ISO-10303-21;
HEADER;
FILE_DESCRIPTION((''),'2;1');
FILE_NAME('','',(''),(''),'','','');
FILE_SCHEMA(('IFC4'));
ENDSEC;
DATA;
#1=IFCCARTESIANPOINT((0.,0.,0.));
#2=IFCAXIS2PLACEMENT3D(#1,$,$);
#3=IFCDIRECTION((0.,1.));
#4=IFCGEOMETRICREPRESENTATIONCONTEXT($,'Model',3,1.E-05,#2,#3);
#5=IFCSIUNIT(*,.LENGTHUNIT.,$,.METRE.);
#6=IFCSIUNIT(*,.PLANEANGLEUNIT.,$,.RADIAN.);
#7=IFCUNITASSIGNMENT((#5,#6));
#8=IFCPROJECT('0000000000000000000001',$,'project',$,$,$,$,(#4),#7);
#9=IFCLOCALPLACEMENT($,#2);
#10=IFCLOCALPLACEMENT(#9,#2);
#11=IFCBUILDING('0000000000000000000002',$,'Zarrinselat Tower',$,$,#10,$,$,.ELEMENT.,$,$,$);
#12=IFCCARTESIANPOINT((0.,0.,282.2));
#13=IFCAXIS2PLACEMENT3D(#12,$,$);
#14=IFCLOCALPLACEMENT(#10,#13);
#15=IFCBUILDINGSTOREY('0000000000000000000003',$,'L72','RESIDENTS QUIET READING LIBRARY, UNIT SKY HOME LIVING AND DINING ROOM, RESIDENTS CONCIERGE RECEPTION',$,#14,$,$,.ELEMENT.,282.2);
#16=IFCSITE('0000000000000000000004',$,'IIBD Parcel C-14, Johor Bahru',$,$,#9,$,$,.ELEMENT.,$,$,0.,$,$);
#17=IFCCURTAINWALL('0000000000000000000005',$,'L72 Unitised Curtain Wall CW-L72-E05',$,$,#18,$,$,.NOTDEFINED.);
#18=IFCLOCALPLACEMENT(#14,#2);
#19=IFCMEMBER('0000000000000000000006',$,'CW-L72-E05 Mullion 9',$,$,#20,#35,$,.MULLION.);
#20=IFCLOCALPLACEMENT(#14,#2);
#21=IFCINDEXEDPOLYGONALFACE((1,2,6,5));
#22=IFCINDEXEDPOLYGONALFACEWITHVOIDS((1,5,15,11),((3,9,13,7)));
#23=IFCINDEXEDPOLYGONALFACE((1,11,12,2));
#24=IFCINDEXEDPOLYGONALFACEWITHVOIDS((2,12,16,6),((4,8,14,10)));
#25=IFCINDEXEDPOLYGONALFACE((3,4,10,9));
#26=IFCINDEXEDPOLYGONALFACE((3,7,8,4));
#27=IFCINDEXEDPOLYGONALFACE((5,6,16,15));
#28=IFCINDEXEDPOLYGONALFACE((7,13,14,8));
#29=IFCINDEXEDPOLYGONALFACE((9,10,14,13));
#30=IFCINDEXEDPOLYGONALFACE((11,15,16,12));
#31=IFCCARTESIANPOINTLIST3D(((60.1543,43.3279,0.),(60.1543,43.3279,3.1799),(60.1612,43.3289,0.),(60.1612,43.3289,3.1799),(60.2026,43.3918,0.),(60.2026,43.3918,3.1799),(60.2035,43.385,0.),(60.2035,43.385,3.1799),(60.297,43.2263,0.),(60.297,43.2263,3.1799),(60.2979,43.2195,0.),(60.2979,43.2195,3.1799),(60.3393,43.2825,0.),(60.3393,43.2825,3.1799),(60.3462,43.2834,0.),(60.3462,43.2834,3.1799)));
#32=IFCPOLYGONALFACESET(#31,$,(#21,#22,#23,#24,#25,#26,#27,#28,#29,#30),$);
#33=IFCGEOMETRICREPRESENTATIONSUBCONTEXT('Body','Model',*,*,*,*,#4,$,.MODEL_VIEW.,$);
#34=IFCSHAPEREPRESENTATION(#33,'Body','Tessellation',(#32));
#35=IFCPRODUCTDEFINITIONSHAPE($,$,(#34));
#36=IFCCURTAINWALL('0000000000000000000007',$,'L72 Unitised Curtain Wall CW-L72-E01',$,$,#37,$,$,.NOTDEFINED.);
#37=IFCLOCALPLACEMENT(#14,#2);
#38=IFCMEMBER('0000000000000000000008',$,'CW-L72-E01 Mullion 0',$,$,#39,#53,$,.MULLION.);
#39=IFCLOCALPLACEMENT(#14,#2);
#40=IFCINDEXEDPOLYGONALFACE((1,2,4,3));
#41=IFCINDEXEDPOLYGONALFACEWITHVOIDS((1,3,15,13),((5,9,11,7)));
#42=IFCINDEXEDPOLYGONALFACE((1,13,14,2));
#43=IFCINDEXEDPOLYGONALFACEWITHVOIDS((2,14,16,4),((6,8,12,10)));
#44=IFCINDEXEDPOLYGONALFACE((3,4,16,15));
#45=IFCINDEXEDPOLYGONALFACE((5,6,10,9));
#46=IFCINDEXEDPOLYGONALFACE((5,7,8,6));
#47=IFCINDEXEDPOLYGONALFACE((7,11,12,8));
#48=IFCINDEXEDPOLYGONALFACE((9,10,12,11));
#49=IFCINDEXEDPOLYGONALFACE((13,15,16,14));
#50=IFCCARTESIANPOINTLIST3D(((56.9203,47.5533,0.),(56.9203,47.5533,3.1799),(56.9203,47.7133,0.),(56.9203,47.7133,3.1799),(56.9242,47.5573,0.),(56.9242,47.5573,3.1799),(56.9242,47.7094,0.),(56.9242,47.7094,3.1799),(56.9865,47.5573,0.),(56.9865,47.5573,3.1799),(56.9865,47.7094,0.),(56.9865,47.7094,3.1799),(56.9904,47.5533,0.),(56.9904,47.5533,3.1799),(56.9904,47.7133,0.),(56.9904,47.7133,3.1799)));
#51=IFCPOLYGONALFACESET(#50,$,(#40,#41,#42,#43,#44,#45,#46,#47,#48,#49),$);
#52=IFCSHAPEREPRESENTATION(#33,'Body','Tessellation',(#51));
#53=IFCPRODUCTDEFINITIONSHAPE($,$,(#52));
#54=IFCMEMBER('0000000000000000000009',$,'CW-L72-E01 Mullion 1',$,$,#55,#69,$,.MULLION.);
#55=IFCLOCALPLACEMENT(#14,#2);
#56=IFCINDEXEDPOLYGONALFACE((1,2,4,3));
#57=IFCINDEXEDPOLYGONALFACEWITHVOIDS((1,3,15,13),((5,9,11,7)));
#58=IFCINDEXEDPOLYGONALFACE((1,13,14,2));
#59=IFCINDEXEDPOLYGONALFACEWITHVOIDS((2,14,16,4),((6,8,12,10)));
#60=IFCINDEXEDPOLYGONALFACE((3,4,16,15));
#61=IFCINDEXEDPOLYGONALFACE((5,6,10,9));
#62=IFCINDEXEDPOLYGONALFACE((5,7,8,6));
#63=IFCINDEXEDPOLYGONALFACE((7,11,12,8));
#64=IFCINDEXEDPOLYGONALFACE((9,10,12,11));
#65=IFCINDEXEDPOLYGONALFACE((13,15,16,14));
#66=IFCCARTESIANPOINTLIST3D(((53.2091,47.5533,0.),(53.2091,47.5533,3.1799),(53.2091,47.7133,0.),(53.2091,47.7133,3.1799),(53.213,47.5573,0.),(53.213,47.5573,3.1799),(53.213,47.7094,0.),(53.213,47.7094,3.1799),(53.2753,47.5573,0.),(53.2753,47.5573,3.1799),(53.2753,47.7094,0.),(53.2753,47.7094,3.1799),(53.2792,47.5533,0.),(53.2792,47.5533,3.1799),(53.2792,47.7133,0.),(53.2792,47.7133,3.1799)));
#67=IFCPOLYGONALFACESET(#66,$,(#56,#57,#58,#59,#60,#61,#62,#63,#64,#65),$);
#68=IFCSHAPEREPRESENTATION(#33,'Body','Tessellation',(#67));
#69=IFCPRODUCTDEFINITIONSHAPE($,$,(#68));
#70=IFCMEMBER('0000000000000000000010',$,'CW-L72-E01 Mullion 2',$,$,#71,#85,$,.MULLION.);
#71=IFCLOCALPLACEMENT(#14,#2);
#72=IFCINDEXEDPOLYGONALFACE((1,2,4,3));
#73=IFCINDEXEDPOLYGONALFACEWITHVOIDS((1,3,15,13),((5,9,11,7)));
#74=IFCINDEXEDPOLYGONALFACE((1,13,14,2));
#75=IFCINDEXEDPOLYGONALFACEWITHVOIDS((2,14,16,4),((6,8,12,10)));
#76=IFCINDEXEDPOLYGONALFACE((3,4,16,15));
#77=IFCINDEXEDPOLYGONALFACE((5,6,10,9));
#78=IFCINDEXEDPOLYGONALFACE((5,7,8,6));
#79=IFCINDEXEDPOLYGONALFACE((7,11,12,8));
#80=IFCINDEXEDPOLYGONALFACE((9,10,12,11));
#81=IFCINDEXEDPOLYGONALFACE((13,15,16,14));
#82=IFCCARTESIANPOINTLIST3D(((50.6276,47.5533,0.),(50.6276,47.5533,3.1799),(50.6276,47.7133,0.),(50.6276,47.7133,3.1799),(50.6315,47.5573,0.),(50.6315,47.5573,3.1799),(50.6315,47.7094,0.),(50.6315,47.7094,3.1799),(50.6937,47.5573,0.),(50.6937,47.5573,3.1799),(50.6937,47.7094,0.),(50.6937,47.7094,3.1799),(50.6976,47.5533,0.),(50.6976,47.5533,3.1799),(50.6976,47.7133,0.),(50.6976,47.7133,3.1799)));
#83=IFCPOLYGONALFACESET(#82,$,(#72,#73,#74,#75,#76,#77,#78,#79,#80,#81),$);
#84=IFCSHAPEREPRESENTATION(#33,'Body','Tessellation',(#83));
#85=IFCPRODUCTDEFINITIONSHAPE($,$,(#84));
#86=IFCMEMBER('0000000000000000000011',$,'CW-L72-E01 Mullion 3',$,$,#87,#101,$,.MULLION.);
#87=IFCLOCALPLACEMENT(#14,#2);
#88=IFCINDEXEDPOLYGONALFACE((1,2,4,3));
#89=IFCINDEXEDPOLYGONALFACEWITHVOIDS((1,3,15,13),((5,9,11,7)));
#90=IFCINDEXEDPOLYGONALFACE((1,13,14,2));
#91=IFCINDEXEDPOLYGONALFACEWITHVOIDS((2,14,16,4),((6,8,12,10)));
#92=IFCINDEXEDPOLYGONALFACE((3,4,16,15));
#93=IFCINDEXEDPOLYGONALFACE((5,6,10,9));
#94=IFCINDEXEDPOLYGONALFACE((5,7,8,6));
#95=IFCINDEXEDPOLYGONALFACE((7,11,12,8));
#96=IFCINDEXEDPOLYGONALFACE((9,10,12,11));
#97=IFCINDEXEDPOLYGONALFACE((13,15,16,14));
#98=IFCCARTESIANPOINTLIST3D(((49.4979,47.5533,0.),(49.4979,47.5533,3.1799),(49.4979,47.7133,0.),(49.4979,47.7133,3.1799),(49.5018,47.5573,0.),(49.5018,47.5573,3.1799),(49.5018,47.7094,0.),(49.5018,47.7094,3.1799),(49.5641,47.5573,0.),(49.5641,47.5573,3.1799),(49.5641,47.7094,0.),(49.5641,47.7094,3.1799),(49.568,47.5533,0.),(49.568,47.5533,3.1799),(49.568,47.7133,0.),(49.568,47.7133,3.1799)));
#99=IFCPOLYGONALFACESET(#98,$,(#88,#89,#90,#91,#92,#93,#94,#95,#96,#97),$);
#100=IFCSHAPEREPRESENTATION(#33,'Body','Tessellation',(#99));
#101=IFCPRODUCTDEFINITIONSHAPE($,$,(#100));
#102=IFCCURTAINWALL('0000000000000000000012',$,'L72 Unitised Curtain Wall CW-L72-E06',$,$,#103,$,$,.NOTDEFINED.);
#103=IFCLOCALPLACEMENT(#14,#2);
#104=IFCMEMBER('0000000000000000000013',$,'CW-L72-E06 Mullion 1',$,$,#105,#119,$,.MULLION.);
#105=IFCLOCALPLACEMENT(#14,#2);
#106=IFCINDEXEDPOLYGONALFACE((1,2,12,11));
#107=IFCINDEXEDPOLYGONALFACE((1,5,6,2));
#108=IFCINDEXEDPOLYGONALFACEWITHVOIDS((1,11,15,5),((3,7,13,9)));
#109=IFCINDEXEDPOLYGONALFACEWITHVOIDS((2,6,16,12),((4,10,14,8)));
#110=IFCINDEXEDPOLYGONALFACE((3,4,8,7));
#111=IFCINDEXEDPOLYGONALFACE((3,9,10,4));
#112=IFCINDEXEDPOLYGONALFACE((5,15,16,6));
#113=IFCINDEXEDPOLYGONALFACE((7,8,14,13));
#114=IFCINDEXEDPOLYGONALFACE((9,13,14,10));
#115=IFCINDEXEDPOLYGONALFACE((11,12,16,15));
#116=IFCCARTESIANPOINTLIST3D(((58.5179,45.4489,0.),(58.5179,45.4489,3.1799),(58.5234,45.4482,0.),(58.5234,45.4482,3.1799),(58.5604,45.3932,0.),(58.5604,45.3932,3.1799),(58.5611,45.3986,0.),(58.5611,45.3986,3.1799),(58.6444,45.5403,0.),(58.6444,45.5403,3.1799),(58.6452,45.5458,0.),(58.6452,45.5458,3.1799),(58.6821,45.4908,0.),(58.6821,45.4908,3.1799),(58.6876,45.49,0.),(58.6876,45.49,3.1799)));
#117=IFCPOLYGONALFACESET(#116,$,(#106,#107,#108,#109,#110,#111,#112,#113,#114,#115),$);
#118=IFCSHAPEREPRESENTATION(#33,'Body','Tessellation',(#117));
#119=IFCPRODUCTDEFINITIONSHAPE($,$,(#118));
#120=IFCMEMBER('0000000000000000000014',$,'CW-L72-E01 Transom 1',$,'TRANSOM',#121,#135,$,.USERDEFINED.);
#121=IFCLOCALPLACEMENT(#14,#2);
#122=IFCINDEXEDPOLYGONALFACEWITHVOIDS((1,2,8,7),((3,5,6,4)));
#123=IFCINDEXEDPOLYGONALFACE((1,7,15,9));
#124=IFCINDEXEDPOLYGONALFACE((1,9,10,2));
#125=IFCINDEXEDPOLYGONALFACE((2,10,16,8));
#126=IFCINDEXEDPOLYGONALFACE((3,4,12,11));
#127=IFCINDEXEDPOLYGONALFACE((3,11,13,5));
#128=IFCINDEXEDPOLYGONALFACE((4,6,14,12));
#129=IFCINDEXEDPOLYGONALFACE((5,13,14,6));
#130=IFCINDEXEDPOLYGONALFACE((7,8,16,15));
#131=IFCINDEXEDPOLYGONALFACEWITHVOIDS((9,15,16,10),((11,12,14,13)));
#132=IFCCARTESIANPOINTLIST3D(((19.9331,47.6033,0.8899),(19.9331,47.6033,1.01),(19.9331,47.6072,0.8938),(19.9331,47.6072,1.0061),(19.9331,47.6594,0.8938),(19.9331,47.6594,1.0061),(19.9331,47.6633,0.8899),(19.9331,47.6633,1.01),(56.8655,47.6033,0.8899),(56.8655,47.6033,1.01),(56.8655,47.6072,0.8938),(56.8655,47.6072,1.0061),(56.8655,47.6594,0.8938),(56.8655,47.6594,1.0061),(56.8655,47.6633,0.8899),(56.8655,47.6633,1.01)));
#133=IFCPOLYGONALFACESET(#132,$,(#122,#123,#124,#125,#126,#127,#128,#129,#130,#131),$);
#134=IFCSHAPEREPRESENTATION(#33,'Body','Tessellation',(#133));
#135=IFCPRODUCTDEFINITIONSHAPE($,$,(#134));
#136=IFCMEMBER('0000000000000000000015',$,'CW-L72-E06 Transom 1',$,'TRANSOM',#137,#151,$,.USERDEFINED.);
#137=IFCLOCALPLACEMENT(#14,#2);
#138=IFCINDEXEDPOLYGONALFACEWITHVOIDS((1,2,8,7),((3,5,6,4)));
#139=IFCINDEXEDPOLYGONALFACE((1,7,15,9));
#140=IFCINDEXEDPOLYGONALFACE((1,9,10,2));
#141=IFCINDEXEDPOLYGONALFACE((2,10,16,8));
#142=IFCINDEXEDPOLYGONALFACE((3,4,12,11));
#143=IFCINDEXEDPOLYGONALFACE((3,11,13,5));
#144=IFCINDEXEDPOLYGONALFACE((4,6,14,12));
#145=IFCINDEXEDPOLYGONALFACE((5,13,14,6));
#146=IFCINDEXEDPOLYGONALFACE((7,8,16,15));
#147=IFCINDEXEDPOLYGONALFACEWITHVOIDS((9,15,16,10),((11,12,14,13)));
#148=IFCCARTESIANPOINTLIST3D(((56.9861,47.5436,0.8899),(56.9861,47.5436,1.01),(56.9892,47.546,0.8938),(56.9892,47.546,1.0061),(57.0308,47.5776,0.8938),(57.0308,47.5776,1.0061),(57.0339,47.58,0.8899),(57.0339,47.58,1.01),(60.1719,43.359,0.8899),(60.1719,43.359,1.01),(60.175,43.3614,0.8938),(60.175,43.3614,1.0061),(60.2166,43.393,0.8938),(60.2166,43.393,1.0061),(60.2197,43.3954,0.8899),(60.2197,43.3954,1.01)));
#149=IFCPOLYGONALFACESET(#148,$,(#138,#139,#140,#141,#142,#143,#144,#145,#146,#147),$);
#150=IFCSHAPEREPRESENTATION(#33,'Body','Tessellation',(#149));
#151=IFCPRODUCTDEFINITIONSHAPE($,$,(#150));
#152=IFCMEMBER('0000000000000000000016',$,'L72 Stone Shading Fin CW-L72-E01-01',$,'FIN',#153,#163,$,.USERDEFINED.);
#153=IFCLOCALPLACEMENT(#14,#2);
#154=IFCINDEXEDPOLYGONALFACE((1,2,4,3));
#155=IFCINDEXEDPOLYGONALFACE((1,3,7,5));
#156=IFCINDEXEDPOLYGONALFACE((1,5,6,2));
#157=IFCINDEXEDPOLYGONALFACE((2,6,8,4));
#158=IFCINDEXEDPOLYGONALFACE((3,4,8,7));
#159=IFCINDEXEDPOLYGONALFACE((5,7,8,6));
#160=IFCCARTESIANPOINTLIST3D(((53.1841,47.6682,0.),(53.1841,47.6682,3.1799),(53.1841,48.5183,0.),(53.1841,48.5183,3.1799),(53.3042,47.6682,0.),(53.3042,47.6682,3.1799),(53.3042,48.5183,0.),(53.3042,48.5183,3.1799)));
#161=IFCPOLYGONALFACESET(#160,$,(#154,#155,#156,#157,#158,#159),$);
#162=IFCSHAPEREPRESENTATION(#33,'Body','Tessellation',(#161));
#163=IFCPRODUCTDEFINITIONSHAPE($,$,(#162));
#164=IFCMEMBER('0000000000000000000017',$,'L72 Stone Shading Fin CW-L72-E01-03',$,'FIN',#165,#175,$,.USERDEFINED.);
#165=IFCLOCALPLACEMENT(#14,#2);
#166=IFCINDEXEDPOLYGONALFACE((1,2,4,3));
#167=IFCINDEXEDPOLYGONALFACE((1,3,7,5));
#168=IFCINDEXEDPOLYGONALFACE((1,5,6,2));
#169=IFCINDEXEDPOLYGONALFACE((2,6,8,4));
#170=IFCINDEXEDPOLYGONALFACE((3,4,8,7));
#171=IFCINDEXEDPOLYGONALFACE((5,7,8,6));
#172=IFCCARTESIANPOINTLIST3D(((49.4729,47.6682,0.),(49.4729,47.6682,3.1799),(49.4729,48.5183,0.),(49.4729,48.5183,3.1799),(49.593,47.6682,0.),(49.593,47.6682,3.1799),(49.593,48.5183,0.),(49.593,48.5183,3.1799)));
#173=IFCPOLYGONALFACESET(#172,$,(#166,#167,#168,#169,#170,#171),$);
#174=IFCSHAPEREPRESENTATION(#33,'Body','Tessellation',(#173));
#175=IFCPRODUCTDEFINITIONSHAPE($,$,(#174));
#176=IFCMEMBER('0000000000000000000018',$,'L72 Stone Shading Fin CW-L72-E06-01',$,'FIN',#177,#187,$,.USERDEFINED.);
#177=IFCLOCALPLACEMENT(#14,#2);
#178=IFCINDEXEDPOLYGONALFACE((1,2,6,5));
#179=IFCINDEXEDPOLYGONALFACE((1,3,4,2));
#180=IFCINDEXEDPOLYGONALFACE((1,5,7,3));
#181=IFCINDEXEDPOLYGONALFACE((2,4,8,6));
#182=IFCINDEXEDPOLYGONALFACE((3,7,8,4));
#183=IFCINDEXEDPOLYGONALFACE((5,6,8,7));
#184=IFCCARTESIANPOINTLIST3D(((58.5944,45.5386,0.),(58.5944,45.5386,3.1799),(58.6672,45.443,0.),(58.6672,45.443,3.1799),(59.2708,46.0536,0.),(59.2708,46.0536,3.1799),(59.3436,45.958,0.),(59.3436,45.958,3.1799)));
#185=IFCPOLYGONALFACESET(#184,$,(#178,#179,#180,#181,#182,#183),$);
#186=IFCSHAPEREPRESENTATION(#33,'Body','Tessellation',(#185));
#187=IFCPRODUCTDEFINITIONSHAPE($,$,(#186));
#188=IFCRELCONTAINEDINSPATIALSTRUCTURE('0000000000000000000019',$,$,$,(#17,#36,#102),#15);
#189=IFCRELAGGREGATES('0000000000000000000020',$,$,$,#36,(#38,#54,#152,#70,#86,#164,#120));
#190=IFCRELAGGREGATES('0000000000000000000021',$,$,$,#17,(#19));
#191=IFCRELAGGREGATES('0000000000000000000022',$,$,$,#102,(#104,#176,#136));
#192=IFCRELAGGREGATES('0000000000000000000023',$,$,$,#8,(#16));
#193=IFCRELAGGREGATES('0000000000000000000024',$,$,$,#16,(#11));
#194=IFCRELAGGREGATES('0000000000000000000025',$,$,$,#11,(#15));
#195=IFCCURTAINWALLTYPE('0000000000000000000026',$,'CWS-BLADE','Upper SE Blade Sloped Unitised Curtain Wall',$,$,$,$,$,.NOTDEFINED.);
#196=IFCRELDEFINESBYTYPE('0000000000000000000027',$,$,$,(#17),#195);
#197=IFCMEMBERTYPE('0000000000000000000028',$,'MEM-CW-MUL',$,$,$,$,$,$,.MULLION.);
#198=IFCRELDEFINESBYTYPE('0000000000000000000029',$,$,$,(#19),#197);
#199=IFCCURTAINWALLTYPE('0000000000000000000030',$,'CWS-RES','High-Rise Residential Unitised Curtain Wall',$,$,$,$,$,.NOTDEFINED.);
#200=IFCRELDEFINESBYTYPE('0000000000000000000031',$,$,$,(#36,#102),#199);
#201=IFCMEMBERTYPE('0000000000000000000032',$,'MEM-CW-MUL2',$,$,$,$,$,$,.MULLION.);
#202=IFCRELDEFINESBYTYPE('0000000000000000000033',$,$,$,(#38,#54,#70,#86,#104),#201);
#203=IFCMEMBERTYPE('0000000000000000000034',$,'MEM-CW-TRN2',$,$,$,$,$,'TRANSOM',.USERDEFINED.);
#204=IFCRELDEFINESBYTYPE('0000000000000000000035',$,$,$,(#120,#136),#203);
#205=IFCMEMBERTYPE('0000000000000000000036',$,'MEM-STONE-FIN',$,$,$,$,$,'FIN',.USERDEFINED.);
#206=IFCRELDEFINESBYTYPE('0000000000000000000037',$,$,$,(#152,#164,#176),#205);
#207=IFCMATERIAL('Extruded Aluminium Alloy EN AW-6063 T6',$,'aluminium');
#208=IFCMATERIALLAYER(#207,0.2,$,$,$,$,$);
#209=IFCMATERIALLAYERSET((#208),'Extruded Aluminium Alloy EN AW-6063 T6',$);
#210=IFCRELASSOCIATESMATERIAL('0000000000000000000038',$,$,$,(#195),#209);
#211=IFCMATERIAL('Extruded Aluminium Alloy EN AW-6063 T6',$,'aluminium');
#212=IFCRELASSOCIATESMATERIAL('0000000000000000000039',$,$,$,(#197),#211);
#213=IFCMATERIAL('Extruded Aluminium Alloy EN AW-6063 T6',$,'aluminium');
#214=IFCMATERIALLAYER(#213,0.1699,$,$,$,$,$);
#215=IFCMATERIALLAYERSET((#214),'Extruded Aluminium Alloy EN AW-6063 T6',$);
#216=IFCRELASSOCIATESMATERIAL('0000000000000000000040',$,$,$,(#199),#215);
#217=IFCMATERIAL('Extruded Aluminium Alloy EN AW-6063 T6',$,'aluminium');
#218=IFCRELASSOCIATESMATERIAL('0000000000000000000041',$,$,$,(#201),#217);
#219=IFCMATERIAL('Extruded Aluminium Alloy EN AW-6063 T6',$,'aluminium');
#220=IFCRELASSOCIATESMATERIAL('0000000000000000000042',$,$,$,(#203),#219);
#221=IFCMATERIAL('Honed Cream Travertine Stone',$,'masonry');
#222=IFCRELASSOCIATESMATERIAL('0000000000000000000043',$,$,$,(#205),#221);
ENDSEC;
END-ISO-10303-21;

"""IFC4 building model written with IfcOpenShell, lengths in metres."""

from ifc_helpers import new_model, si_unit, direction, frame, origin, origin_2d, place, context, subcontext, project, spatial, rectangle, hollow_rectangle, extrude, material, layer, layer_set, material_profile, profile_set, type_object, element, aggregate, save


model = new_model("IFC4")

# Units and contexts
model_context = context("Model", 3, precision=1e-05, world=origin(), true_north=direction((0.0, 1.0)))
body_context = subcontext(model_context, "Body", "Model", "MODEL_VIEW")
ifc_project = project(units=[si_unit("LENGTHUNIT", "METRE"), si_unit("PLANEANGLEUNIT", "RADIAN")], contexts=[model_context])

# Site, building, storey
site_placement = place(None, origin())
site = spatial("IfcSite", under=ifc_project, at=site_placement, Name="IIBD Parcel C-14, Johor Bahru", CompositionType="ELEMENT", RefElevation=0.0)
building_placement = place(site_placement, origin())
building = spatial("IfcBuilding", under=site, at=building_placement, Name="Zarrinselat Tower", CompositionType="ELEMENT")
storey_placement = place(building_placement, frame((0.0, 0.0, 282.2)))
storey = spatial("IfcBuildingStorey", under=building, at=storey_placement, Name="L72", Description="RESIDENTS QUIET READING LIBRARY, UNIT SKY HOME LIVING AND DINING ROOM, RESIDENTS CONCIERGE RECEPTION", CompositionType="ELEMENT", Elevation=282.2)

# Curtain walls, members
ifc_material_1 = material(Name="Extruded Aluminium Alloy EN AW-6063 T6", Category="aluminium")
ifc_layer_1 = layer(ifc_material_1, 0.2)
ifc_layer_set_1 = layer_set([ifc_layer_1], Name="Extruded Aluminium Alloy EN AW-6063 T6")
curtain_wall_type_1 = type_object("IfcCurtainWallType", Name="CWS-BLADE", Description="Upper SE Blade Sloped Unitised Curtain Wall", PredefinedType="NOTDEFINED", material=ifc_layer_set_1)
curtain_wall_1_placement = place(storey_placement, origin())
curtain_wall_1 = element("IfcCurtainWall", 1, at=curtain_wall_1_placement, inside=storey, type_object=curtain_wall_type_1, Name="L72 Unitised Curtain Wall CW-L72-E05", PredefinedType="NOTDEFINED")
ifc_material_2 = material(Name="Extruded Aluminium Alloy EN AW-6063 T6", Category="aluminium")
ifc_material_profile_1 = material_profile(ifc_material_2, hollow_rectangle(XDim=0.0801, YDim=0.1799, WallThickness=0.0049, at=origin_2d()), Name="RHS 180x80x5")
ifc_profile_set_1 = profile_set([ifc_material_profile_1], Name="Extruded Aluminium Alloy EN AW-6063 T6")
member_type_1 = type_object("IfcMemberType", Name="MEM-CW-MUL", PredefinedType="MULLION", material=ifc_profile_set_1)
member_1_placement = place(storey_placement, frame((60.2502, 43.3057, 0.0), z_axis=(0.0, 0.0, 1.0), x_axis=(0.602445, 0.79816, 0.0)))
member_1 = element("IfcMember", 2, at=member_1_placement, type_object=member_type_1, Name="CW-L72-E05 Mullion 9", PredefinedType="MULLION", context=body_context, shape_type="SweptSolid", body=[
    extrude(hollow_rectangle(XDim=0.0801, YDim=0.1799, WallThickness=0.0049, at=origin_2d()), origin(), (0.0, 0.0, 1.0), 3.1799),
])
ifc_material_3 = material(Name="Extruded Aluminium Alloy EN AW-6063 T6", Category="aluminium")
ifc_layer_2 = layer(ifc_material_3, 0.1699)
ifc_layer_set_2 = layer_set([ifc_layer_2], Name="Extruded Aluminium Alloy EN AW-6063 T6")
curtain_wall_type_2 = type_object("IfcCurtainWallType", Name="CWS-RES", Description="High-Rise Residential Unitised Curtain Wall", PredefinedType="NOTDEFINED", material=ifc_layer_set_2)
curtain_wall_2_placement = place(storey_placement, origin())
curtain_wall_2 = element("IfcCurtainWall", 3, at=curtain_wall_2_placement, inside=storey, type_object=curtain_wall_type_2, Name="L72 Unitised Curtain Wall CW-L72-E01", PredefinedType="NOTDEFINED")
ifc_material_4 = material(Name="Extruded Aluminium Alloy EN AW-6063 T6", Category="aluminium")
ifc_material_profile_2 = material_profile(ifc_material_4, hollow_rectangle(XDim=0.0701, YDim=0.1599, WallThickness=0.0039, at=origin_2d()), Name="RHS 160x70x4")
ifc_profile_set_2 = profile_set([ifc_material_profile_2], Name="Extruded Aluminium Alloy EN AW-6063 T6")
member_type_2 = type_object("IfcMemberType", Name="MEM-CW-MUL2", PredefinedType="MULLION", material=ifc_profile_set_2)
member_2_placement = place(storey_placement, frame((56.9553, 47.6333, 0.0), z_axis=(0.0, 0.0, 1.0), x_axis=(-1.0, 0.0, 0.0)))
member_2 = element("IfcMember", 4, at=member_2_placement, type_object=member_type_2, Name="CW-L72-E01 Mullion 0", PredefinedType="MULLION", context=body_context, shape_type="SweptSolid", body=[
    extrude(hollow_rectangle(XDim=0.0701, YDim=0.1599, WallThickness=0.0039, at=origin_2d()), origin(), (0.0, 0.0, 1.0), 3.1799),
])
member_3_placement = place(storey_placement, frame((53.2441, 47.6333, 0.0), z_axis=(0.0, 0.0, 1.0), x_axis=(-1.0, 0.0, 0.0)))
member_3 = element("IfcMember", 5, at=member_3_placement, type_object=member_type_2, Name="CW-L72-E01 Mullion 1", PredefinedType="MULLION", context=body_context, shape_type="SweptSolid", body=[
    extrude(hollow_rectangle(XDim=0.0701, YDim=0.1599, WallThickness=0.0039, at=origin_2d()), origin(), (0.0, 0.0, 1.0), 3.1799),
])
member_4_placement = place(storey_placement, frame((50.6626, 47.6333, 0.0), z_axis=(0.0, 0.0, 1.0), x_axis=(-1.0, 0.0, 0.0)))
member_4 = element("IfcMember", 6, at=member_4_placement, type_object=member_type_2, Name="CW-L72-E01 Mullion 2", PredefinedType="MULLION", context=body_context, shape_type="SweptSolid", body=[
    extrude(hollow_rectangle(XDim=0.0701, YDim=0.1599, WallThickness=0.0039, at=origin_2d()), origin(), (0.0, 0.0, 1.0), 3.1799),
])
member_5_placement = place(storey_placement, frame((49.533, 47.6333, 0.0), z_axis=(0.0, 0.0, 1.0), x_axis=(-1.0, 0.0, 0.0)))
member_5 = element("IfcMember", 7, at=member_5_placement, type_object=member_type_2, Name="CW-L72-E01 Mullion 3", PredefinedType="MULLION", context=body_context, shape_type="SweptSolid", body=[
    extrude(hollow_rectangle(XDim=0.0701, YDim=0.1599, WallThickness=0.0039, at=origin_2d()), origin(), (0.0, 0.0, 1.0), 3.1799),
])

# Curtain wall, member
curtain_wall_3_placement = place(storey_placement, origin())
curtain_wall_3 = element("IfcCurtainWall", 8, at=curtain_wall_3_placement, inside=storey, type_object=curtain_wall_type_2, Name="L72 Unitised Curtain Wall CW-L72-E06", PredefinedType="NOTDEFINED")
member_6_placement = place(storey_placement, frame((58.6028, 45.4695, 0.0), z_axis=(0.0, 0.0, 1.0), x_axis=(-0.605773, 0.795637, 0.0)))
member_6 = element("IfcMember", 9, at=member_6_placement, type_object=member_type_2, Name="CW-L72-E06 Mullion 1", PredefinedType="MULLION", context=body_context, shape_type="SweptSolid", body=[
    extrude(hollow_rectangle(XDim=0.0701, YDim=0.1599, WallThickness=0.0039, at=origin_2d()), origin(), (0.0, 0.0, 1.0), 3.1799),
])

# Members
ifc_material_5 = material(Name="Extruded Aluminium Alloy EN AW-6063 T6", Category="aluminium")
ifc_material_profile_3 = material_profile(ifc_material_5, hollow_rectangle(XDim=0.0601, YDim=0.1201, WallThickness=0.0039, at=origin_2d()), Name="RHS 120x60x4")
ifc_profile_set_3 = profile_set([ifc_material_profile_3], Name="Extruded Aluminium Alloy EN AW-6063 T6")
member_type_3 = type_object("IfcMemberType", Name="MEM-CW-TRN2", ElementType="TRANSOM", PredefinedType="USERDEFINED", material=ifc_profile_set_3)
member_7_placement = place(storey_placement, frame((56.8655, 47.6333, 0.95), z_axis=(-1.0, 0.0, 0.0), x_axis=(0.0, -1.0, 0.0)))
member_7 = element("IfcMember", 10, at=member_7_placement, type_object=member_type_3, Name="CW-L72-E01 Transom 1", ObjectType="TRANSOM", PredefinedType="USERDEFINED", context=body_context, shape_type="SweptSolid", body=[
    extrude(hollow_rectangle(XDim=0.0601, YDim=0.1201, WallThickness=0.0039, at=origin_2d()), origin(), (0.0, 0.0, 1.0), 36.9324),
])
member_8_placement = place(storey_placement, frame((60.1958, 43.3772, 0.95), z_axis=(-0.605748, 0.795657, 0.0), x_axis=(-0.795657, -0.605748, 0.0)))
member_8 = element("IfcMember", 11, at=member_8_placement, type_object=member_type_3, Name="CW-L72-E06 Transom 1", ObjectType="TRANSOM", PredefinedType="USERDEFINED", context=body_context, shape_type="SweptSolid", body=[
    extrude(hollow_rectangle(XDim=0.0601, YDim=0.1201, WallThickness=0.0039, at=origin_2d()), origin(), (0.0, 0.0, 1.0), 5.2593),
])
ifc_material_6 = material(Name="Honed Cream Travertine Stone", Category="masonry")
ifc_material_profile_4 = material_profile(ifc_material_6, rectangle(XDim=0.1201, YDim=0.8501, at=origin_2d()), Name="FIN 850x120")
ifc_profile_set_4 = profile_set([ifc_material_profile_4], Name="Honed Cream Travertine Stone")
member_type_4 = type_object("IfcMemberType", Name="MEM-STONE-FIN", ElementType="FIN", PredefinedType="USERDEFINED", material=ifc_profile_set_4)
member_9_placement = place(storey_placement, frame((53.2441, 48.0933, 0.0), z_axis=(0.0, 0.0, 1.0), x_axis=(1.0, 0.0, 0.0)))
member_9 = element("IfcMember", 12, at=member_9_placement, type_object=member_type_4, Name="L72 Stone Shading Fin CW-L72-E01-01", ObjectType="FIN", PredefinedType="USERDEFINED", context=body_context, shape_type="SweptSolid", body=[
    extrude(rectangle(XDim=0.1201, YDim=0.8501, at=origin_2d()), origin(), (0.0, 0.0, 1.0), 3.1799),
])
member_10_placement = place(storey_placement, frame((49.533, 48.0933, 0.0), z_axis=(0.0, 0.0, 1.0), x_axis=(1.0, 0.0, 0.0)))
member_10 = element("IfcMember", 13, at=member_10_placement, type_object=member_type_4, Name="L72 Stone Shading Fin CW-L72-E01-03", ObjectType="FIN", PredefinedType="USERDEFINED", context=body_context, shape_type="SweptSolid", body=[
    extrude(rectangle(XDim=0.1201, YDim=0.8501, at=origin_2d()), origin(), (0.0, 0.0, 1.0), 3.1799),
])
member_11_placement = place(storey_placement, frame((58.969, 45.7483, 0.0), z_axis=(0.0, 0.0, 1.0), x_axis=(0.605773, -0.795637, 0.0)))
member_11 = element("IfcMember", 14, at=member_11_placement, type_object=member_type_4, Name="L72 Stone Shading Fin CW-L72-E06-01", ObjectType="FIN", PredefinedType="USERDEFINED", context=body_context, shape_type="SweptSolid", body=[
    extrude(rectangle(XDim=0.1201, YDim=0.8501, at=origin_2d()), origin(), (0.0, 0.0, 1.0), 3.1799),
])

aggregate(curtain_wall_2, [member_2, member_3, member_9, member_4, member_5, member_10, member_7])
aggregate(curtain_wall_1, [member_1])
aggregate(curtain_wall_3, [member_6, member_11, member_8])

save(model, "model.ifc")
